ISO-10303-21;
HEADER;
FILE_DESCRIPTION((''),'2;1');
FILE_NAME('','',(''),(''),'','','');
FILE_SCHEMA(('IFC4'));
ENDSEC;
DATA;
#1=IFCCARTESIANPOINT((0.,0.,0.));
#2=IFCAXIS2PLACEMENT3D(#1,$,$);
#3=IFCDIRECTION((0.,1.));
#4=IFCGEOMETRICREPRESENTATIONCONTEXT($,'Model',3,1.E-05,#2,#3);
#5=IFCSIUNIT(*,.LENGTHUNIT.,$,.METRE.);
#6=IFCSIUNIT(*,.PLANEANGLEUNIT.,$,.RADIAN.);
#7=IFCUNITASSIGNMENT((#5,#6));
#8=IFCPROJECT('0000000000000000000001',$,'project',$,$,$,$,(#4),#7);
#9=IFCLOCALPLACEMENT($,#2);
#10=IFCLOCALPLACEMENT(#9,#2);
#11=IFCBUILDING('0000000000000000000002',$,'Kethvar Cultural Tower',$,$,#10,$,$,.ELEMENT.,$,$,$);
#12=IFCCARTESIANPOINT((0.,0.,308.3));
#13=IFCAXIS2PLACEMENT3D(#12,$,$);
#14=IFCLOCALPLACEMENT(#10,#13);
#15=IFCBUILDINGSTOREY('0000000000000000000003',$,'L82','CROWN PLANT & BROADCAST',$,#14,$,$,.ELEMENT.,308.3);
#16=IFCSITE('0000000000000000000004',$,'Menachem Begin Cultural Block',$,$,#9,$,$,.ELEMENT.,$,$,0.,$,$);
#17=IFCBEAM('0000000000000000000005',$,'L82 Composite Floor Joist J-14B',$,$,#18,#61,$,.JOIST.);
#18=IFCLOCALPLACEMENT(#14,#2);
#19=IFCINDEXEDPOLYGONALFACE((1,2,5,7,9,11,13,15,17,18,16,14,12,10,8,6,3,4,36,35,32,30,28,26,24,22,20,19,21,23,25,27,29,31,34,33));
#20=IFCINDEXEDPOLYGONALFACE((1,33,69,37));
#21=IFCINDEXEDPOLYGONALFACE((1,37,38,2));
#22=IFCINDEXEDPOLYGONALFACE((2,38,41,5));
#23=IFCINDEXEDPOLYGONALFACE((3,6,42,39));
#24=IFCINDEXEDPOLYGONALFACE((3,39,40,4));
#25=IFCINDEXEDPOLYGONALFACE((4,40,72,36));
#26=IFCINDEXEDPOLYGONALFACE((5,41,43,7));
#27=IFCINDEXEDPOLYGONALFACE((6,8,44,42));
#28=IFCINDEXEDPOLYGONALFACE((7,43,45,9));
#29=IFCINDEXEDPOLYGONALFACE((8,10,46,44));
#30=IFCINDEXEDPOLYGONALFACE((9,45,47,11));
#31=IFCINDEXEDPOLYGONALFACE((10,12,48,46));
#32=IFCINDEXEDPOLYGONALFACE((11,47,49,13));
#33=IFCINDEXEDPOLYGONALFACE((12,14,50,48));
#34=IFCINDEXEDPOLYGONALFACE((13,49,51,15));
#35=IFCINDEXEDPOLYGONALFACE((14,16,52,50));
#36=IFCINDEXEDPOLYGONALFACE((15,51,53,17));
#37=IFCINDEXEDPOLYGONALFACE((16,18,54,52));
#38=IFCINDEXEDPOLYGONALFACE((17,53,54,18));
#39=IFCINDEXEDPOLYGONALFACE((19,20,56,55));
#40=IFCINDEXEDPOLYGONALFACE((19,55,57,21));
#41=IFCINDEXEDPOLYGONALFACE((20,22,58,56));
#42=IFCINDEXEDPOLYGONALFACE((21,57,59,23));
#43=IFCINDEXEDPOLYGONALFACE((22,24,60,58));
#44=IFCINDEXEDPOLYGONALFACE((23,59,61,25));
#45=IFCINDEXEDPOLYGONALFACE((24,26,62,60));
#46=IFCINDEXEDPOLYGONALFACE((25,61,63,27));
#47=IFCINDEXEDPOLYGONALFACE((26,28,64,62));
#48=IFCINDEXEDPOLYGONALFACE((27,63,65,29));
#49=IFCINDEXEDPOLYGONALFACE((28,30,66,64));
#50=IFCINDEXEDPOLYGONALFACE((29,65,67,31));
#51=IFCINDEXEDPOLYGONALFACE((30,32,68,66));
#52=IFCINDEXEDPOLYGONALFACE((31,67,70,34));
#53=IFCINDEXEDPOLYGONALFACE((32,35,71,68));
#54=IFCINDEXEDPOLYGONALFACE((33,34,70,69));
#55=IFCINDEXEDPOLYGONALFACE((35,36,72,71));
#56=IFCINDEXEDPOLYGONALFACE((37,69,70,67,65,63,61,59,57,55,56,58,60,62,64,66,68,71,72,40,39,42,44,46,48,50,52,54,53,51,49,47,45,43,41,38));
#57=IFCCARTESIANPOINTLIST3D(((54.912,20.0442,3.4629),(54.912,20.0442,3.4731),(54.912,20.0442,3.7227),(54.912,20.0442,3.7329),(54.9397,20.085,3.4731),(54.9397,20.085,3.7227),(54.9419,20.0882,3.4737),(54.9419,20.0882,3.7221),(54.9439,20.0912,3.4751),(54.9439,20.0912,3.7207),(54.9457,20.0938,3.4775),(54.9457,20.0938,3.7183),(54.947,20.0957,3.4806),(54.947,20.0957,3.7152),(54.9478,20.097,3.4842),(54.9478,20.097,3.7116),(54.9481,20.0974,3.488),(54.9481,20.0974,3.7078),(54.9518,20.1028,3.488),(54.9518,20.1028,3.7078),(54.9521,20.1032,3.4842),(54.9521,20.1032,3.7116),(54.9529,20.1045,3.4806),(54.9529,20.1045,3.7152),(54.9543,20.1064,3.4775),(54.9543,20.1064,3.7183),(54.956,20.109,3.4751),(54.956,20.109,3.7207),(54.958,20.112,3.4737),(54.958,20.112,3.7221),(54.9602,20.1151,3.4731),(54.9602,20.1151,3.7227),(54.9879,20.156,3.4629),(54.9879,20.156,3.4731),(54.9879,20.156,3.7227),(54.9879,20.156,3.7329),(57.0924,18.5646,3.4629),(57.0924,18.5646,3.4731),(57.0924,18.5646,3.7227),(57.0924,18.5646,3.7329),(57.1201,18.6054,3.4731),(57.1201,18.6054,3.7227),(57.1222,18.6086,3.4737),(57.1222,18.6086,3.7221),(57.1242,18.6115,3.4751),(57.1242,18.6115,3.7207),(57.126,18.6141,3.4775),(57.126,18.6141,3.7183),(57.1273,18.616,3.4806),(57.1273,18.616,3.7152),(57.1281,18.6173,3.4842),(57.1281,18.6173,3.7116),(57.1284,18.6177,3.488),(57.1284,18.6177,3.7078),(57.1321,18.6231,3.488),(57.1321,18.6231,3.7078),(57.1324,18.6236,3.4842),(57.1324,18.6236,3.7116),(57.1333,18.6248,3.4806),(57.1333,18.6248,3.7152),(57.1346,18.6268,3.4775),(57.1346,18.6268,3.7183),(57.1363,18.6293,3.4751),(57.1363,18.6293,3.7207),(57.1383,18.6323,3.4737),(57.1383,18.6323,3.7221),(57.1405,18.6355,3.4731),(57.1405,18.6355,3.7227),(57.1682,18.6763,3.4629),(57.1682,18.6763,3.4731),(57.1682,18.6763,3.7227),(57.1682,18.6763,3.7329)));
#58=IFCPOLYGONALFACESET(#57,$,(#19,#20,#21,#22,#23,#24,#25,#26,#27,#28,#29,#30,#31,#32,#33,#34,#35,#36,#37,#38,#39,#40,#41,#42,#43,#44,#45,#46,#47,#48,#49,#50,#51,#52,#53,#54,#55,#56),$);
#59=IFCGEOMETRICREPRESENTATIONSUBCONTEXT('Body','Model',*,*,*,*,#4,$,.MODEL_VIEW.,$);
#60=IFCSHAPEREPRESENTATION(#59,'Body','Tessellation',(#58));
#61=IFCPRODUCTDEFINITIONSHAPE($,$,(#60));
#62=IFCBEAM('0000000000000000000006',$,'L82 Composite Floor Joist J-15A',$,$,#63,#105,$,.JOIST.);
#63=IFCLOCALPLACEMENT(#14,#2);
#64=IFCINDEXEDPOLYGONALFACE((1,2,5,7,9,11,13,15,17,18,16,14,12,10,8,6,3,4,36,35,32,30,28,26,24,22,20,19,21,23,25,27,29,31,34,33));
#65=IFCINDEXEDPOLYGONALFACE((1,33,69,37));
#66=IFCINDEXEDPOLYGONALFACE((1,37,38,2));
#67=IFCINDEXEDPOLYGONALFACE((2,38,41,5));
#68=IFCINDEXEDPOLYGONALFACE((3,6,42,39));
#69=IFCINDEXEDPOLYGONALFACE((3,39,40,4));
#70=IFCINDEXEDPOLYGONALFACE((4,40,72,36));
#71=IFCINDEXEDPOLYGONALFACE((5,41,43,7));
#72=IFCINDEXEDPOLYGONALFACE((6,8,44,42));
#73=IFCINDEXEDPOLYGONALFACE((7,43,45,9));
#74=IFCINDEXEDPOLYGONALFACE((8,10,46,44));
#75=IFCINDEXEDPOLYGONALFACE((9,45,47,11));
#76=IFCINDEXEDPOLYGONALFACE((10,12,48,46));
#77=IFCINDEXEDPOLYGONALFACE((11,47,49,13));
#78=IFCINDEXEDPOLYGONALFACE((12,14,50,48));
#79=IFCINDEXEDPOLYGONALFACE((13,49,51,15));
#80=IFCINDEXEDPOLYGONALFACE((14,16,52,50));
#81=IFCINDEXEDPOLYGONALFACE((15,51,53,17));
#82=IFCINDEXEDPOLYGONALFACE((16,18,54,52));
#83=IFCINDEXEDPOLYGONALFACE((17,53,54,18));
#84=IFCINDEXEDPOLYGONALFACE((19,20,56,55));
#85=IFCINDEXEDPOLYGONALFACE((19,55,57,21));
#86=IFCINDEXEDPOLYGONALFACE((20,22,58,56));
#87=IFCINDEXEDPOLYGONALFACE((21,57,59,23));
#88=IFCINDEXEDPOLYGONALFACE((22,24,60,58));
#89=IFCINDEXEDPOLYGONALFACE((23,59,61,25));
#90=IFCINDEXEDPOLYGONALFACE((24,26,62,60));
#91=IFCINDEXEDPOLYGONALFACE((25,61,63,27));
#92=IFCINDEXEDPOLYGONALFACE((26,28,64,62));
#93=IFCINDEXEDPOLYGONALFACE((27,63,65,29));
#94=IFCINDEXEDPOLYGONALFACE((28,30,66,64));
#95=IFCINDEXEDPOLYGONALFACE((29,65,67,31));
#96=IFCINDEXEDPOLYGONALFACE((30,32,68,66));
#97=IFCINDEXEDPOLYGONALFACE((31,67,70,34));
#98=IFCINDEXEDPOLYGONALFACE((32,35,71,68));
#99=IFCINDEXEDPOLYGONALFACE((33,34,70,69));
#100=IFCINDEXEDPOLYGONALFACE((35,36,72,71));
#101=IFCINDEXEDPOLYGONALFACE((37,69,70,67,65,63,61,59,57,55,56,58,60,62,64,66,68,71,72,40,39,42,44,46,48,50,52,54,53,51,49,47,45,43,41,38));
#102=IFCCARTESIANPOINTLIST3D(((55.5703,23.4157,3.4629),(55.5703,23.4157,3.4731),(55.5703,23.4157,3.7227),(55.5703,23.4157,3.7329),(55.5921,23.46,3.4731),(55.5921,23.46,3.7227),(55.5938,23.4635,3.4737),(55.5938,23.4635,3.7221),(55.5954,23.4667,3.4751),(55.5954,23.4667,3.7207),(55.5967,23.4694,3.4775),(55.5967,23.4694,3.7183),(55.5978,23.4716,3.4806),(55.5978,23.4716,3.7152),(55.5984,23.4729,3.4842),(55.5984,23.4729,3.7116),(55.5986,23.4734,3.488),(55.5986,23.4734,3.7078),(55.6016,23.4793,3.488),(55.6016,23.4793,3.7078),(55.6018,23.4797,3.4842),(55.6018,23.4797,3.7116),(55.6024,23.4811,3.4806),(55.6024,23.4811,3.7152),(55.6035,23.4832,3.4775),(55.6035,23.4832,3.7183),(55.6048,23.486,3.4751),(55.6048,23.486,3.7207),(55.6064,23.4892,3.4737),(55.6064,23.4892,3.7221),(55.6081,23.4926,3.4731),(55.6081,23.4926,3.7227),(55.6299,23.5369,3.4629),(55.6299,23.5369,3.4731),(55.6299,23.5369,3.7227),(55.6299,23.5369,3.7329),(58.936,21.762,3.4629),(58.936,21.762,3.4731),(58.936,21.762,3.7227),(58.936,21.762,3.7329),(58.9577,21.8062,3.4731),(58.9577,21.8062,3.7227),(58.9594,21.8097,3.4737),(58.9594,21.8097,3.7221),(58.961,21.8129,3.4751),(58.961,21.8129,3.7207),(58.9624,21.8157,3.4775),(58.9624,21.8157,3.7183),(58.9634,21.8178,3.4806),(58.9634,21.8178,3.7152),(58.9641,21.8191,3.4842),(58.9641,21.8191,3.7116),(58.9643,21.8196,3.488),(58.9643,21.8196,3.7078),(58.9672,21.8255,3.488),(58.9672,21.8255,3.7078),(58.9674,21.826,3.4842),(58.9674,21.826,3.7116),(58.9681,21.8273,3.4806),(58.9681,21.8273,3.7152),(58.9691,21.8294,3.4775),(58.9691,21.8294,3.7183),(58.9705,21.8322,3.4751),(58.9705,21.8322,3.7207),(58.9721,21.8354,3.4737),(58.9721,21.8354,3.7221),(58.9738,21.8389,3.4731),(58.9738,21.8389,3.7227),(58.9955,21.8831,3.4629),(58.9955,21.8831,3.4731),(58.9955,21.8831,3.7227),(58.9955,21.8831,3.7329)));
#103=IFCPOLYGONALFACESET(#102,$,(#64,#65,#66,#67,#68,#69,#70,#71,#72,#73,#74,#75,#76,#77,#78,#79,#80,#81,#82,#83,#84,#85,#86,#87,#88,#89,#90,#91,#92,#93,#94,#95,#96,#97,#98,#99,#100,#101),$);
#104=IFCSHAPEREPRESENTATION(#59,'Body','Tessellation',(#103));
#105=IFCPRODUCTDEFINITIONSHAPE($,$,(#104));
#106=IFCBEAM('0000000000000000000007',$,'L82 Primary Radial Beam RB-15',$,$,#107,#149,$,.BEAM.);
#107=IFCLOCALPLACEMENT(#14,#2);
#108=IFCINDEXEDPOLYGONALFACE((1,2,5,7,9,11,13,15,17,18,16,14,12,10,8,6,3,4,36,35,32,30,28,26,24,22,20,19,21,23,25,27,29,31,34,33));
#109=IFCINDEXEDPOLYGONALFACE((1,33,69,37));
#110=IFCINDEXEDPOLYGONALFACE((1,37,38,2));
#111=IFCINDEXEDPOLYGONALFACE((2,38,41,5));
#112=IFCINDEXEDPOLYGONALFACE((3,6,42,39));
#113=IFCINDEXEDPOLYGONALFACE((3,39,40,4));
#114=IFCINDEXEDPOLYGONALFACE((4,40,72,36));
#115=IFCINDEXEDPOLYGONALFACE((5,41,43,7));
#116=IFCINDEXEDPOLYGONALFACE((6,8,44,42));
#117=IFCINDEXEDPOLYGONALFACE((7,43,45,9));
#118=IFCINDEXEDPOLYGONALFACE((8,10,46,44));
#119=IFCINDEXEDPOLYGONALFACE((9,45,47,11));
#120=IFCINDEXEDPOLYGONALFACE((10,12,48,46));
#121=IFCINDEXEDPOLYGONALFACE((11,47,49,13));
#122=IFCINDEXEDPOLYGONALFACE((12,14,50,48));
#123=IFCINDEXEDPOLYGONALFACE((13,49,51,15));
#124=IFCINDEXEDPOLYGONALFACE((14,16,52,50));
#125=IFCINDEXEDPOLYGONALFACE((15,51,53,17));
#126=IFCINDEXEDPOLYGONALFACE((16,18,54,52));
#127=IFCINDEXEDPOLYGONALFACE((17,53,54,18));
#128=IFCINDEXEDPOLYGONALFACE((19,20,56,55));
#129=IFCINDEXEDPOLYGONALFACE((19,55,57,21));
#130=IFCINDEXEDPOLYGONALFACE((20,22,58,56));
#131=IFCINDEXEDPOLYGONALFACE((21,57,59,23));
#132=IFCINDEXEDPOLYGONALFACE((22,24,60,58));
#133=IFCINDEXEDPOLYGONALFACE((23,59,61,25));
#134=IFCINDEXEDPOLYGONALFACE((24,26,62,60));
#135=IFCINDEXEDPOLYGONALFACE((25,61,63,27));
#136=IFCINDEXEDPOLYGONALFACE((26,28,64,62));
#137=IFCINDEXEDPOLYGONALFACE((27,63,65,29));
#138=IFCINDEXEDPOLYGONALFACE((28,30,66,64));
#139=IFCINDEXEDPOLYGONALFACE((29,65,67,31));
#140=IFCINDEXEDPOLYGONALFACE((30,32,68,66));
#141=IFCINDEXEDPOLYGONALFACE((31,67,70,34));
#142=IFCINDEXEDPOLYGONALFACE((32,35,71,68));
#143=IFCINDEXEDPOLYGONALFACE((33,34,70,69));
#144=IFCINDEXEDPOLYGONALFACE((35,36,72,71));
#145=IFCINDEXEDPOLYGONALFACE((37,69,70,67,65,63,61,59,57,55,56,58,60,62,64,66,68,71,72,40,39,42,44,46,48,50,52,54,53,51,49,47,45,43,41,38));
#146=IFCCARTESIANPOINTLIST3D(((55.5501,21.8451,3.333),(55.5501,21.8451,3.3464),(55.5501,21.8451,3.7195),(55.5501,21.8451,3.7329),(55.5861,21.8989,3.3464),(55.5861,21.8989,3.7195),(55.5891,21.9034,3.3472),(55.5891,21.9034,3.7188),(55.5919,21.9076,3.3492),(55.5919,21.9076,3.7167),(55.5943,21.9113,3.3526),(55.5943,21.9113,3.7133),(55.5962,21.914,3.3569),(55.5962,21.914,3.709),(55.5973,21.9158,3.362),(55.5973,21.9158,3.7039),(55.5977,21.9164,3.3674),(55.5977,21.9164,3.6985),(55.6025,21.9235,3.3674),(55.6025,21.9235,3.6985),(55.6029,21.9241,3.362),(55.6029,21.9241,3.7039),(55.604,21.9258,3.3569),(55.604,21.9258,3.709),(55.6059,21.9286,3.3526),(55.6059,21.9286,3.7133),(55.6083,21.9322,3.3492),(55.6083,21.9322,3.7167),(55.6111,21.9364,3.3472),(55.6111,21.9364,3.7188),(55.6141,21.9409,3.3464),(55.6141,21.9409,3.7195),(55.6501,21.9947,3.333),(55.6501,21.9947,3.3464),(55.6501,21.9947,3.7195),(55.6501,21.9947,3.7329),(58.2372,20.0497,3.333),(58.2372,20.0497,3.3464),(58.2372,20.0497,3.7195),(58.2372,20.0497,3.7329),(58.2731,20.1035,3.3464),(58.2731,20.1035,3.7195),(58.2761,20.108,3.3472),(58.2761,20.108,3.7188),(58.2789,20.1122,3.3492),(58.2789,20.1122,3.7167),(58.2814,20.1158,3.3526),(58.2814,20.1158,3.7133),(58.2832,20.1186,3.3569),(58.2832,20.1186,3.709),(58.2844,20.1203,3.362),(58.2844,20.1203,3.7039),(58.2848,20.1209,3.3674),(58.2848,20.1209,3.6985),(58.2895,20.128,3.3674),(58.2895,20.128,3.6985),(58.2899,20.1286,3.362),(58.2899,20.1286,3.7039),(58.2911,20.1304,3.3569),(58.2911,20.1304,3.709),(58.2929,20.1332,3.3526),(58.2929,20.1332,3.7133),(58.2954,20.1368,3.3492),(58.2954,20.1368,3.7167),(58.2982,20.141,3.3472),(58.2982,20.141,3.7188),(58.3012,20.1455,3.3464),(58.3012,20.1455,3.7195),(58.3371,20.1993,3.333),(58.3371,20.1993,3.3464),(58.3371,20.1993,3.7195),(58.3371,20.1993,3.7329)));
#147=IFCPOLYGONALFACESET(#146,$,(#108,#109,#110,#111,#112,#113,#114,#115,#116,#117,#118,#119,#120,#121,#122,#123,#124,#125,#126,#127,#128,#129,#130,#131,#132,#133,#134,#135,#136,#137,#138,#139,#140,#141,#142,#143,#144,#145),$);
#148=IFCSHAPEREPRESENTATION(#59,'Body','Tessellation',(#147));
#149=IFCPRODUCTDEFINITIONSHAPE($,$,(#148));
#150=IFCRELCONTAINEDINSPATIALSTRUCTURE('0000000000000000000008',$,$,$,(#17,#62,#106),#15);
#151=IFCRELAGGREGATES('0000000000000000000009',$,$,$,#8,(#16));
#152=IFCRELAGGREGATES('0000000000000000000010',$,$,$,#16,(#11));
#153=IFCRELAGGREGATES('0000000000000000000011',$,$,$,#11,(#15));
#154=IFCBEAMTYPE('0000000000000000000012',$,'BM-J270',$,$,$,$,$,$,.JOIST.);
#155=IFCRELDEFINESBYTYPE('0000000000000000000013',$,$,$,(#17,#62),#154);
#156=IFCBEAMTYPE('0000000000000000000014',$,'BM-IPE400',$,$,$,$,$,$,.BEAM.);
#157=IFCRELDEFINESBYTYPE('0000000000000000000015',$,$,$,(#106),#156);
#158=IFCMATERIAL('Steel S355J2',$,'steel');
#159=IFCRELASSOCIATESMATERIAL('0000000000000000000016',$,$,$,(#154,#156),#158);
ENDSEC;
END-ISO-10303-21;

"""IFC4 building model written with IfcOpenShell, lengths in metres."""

from ifc_helpers import new_model, si_unit, direction, frame, origin, origin_2d, place, context, subcontext, project, spatial, i_section, extrude, source, transform, mapped, material, material_profile, profile_set, type_object, element, save


model = new_model("IFC4")

# Units and contexts
model_context = context("Model", 3, precision=1e-05, world=origin(), true_north=direction((0.0, 1.0)))
body_context = subcontext(model_context, "Body", "Model", "MODEL_VIEW")
ifc_project = project(units=[si_unit("LENGTHUNIT", "METRE"), si_unit("PLANEANGLEUNIT", "RADIAN")], contexts=[model_context])

# Site, building, storey
site_placement = place(None, origin())
site = spatial("IfcSite", under=ifc_project, at=site_placement, Name="Menachem Begin Cultural Block", CompositionType="ELEMENT", RefElevation=0.0)
building_placement = place(site_placement, origin())
building = spatial("IfcBuilding", under=site, at=building_placement, Name="Kethvar Cultural Tower", CompositionType="ELEMENT")
storey_placement = place(building_placement, frame((0.0, 0.0, 308.3)))
storey = spatial("IfcBuildingStorey", under=building, at=storey_placement, Name="L82", Description="CROWN PLANT & BROADCAST", CompositionType="ELEMENT", Elevation=308.3)

# Beams
ifc_material_1 = material(Name="Steel S355J2", Category="steel")
ifc_material_profile_1 = material_profile(ifc_material_1, i_section(OverallWidth=0.135, OverallDepth=0.27, WebThickness=0.0066, FlangeThickness=0.0103, FilletRadius=0.0149, at=origin_2d()), Name="Steel S355J2 — IPE270")
ifc_profile_set_1 = profile_set([ifc_material_profile_1], Name="Steel S355J2 — IPE270")
beam_type_1 = type_object("IfcBeamType", Name="BM-J270", PredefinedType="JOIST", material=ifc_profile_set_1)
shared_shape_1 = source(origin(), body_context, "Body", "SweptSolid", [
    extrude(i_section(OverallWidth=0.135, OverallDepth=0.27, WebThickness=0.0066, FlangeThickness=0.0103, FilletRadius=0.0149, at=origin_2d()), origin(), (0.0, 0.0, 1.0), 2.635),
])
beam_1_placement = place(storey_placement, frame((54.95, 20.1001, 3.5979), z_axis=(0.827447, -0.561544, 0.0), x_axis=(0.561544, 0.827447, 0.0)))
element("IfcBeam", 1, at=beam_1_placement, inside=storey, type_object=beam_type_1, Name="L82 Composite Floor Joist J-14B", PredefinedType="JOIST", context=body_context, shape_type="MappedRepresentation", body=[
    mapped(shared_shape_1, transform((0.0, 0.0, 0.0), scale=1.0)),
])
shared_shape_2 = source(origin(), body_context, "Body", "SweptSolid", [
    extrude(i_section(OverallWidth=0.135, OverallDepth=0.27, WebThickness=0.0066, FlangeThickness=0.0103, FilletRadius=0.0149, at=origin_2d()), origin(), (0.0, 0.0, 1.0), 3.75),
])
beam_2_placement = place(storey_placement, frame((55.6001, 23.4763, 3.5979), z_axis=(0.897505, -0.441005, 0.0), x_axis=(0.441005, 0.897505, 0.0)))
element("IfcBeam", 2, at=beam_2_placement, inside=storey, type_object=beam_type_1, Name="L82 Composite Floor Joist J-15A", PredefinedType="JOIST", context=body_context, shape_type="MappedRepresentation", body=[
    mapped(shared_shape_2, transform((0.0, 0.0, 0.0), scale=1.0)),
])
ifc_material_profile_2 = material_profile(ifc_material_1, i_section(OverallWidth=0.1799, OverallDepth=0.3999, WebThickness=0.0085, FlangeThickness=0.0134, FilletRadius=0.021, at=origin_2d()), Name="Steel S355J2 — IPE400")
ifc_profile_set_2 = profile_set([ifc_material_profile_2], Name="Steel S355J2 — IPE400")
beam_type_2 = type_object("IfcBeamType", Name="BM-IPE400", PredefinedType="BEAM", material=ifc_profile_set_2)
shared_shape_3 = source(origin(), body_context, "Body", "SweptSolid", [
    extrude(i_section(OverallWidth=0.1799, OverallDepth=0.3999, WebThickness=0.0085, FlangeThickness=0.0134, FilletRadius=0.021, at=origin_2d()), origin(), (0.0, 0.0, 1.0), 3.2317),
])
beam_3_placement = place(storey_placement, frame((55.6001, 21.9199, 3.533), z_axis=(0.831469, -0.555572, 0.0), x_axis=(0.555572, 0.831469, 0.0)))
element("IfcBeam", 3, at=beam_3_placement, inside=storey, type_object=beam_type_2, Name="L82 Primary Radial Beam RB-15", PredefinedType="BEAM", context=body_context, shape_type="MappedRepresentation", body=[
    mapped(shared_shape_3, transform((0.0, 0.0, 0.0), scale=1.0)),
])

save(model, "model.ifc")
